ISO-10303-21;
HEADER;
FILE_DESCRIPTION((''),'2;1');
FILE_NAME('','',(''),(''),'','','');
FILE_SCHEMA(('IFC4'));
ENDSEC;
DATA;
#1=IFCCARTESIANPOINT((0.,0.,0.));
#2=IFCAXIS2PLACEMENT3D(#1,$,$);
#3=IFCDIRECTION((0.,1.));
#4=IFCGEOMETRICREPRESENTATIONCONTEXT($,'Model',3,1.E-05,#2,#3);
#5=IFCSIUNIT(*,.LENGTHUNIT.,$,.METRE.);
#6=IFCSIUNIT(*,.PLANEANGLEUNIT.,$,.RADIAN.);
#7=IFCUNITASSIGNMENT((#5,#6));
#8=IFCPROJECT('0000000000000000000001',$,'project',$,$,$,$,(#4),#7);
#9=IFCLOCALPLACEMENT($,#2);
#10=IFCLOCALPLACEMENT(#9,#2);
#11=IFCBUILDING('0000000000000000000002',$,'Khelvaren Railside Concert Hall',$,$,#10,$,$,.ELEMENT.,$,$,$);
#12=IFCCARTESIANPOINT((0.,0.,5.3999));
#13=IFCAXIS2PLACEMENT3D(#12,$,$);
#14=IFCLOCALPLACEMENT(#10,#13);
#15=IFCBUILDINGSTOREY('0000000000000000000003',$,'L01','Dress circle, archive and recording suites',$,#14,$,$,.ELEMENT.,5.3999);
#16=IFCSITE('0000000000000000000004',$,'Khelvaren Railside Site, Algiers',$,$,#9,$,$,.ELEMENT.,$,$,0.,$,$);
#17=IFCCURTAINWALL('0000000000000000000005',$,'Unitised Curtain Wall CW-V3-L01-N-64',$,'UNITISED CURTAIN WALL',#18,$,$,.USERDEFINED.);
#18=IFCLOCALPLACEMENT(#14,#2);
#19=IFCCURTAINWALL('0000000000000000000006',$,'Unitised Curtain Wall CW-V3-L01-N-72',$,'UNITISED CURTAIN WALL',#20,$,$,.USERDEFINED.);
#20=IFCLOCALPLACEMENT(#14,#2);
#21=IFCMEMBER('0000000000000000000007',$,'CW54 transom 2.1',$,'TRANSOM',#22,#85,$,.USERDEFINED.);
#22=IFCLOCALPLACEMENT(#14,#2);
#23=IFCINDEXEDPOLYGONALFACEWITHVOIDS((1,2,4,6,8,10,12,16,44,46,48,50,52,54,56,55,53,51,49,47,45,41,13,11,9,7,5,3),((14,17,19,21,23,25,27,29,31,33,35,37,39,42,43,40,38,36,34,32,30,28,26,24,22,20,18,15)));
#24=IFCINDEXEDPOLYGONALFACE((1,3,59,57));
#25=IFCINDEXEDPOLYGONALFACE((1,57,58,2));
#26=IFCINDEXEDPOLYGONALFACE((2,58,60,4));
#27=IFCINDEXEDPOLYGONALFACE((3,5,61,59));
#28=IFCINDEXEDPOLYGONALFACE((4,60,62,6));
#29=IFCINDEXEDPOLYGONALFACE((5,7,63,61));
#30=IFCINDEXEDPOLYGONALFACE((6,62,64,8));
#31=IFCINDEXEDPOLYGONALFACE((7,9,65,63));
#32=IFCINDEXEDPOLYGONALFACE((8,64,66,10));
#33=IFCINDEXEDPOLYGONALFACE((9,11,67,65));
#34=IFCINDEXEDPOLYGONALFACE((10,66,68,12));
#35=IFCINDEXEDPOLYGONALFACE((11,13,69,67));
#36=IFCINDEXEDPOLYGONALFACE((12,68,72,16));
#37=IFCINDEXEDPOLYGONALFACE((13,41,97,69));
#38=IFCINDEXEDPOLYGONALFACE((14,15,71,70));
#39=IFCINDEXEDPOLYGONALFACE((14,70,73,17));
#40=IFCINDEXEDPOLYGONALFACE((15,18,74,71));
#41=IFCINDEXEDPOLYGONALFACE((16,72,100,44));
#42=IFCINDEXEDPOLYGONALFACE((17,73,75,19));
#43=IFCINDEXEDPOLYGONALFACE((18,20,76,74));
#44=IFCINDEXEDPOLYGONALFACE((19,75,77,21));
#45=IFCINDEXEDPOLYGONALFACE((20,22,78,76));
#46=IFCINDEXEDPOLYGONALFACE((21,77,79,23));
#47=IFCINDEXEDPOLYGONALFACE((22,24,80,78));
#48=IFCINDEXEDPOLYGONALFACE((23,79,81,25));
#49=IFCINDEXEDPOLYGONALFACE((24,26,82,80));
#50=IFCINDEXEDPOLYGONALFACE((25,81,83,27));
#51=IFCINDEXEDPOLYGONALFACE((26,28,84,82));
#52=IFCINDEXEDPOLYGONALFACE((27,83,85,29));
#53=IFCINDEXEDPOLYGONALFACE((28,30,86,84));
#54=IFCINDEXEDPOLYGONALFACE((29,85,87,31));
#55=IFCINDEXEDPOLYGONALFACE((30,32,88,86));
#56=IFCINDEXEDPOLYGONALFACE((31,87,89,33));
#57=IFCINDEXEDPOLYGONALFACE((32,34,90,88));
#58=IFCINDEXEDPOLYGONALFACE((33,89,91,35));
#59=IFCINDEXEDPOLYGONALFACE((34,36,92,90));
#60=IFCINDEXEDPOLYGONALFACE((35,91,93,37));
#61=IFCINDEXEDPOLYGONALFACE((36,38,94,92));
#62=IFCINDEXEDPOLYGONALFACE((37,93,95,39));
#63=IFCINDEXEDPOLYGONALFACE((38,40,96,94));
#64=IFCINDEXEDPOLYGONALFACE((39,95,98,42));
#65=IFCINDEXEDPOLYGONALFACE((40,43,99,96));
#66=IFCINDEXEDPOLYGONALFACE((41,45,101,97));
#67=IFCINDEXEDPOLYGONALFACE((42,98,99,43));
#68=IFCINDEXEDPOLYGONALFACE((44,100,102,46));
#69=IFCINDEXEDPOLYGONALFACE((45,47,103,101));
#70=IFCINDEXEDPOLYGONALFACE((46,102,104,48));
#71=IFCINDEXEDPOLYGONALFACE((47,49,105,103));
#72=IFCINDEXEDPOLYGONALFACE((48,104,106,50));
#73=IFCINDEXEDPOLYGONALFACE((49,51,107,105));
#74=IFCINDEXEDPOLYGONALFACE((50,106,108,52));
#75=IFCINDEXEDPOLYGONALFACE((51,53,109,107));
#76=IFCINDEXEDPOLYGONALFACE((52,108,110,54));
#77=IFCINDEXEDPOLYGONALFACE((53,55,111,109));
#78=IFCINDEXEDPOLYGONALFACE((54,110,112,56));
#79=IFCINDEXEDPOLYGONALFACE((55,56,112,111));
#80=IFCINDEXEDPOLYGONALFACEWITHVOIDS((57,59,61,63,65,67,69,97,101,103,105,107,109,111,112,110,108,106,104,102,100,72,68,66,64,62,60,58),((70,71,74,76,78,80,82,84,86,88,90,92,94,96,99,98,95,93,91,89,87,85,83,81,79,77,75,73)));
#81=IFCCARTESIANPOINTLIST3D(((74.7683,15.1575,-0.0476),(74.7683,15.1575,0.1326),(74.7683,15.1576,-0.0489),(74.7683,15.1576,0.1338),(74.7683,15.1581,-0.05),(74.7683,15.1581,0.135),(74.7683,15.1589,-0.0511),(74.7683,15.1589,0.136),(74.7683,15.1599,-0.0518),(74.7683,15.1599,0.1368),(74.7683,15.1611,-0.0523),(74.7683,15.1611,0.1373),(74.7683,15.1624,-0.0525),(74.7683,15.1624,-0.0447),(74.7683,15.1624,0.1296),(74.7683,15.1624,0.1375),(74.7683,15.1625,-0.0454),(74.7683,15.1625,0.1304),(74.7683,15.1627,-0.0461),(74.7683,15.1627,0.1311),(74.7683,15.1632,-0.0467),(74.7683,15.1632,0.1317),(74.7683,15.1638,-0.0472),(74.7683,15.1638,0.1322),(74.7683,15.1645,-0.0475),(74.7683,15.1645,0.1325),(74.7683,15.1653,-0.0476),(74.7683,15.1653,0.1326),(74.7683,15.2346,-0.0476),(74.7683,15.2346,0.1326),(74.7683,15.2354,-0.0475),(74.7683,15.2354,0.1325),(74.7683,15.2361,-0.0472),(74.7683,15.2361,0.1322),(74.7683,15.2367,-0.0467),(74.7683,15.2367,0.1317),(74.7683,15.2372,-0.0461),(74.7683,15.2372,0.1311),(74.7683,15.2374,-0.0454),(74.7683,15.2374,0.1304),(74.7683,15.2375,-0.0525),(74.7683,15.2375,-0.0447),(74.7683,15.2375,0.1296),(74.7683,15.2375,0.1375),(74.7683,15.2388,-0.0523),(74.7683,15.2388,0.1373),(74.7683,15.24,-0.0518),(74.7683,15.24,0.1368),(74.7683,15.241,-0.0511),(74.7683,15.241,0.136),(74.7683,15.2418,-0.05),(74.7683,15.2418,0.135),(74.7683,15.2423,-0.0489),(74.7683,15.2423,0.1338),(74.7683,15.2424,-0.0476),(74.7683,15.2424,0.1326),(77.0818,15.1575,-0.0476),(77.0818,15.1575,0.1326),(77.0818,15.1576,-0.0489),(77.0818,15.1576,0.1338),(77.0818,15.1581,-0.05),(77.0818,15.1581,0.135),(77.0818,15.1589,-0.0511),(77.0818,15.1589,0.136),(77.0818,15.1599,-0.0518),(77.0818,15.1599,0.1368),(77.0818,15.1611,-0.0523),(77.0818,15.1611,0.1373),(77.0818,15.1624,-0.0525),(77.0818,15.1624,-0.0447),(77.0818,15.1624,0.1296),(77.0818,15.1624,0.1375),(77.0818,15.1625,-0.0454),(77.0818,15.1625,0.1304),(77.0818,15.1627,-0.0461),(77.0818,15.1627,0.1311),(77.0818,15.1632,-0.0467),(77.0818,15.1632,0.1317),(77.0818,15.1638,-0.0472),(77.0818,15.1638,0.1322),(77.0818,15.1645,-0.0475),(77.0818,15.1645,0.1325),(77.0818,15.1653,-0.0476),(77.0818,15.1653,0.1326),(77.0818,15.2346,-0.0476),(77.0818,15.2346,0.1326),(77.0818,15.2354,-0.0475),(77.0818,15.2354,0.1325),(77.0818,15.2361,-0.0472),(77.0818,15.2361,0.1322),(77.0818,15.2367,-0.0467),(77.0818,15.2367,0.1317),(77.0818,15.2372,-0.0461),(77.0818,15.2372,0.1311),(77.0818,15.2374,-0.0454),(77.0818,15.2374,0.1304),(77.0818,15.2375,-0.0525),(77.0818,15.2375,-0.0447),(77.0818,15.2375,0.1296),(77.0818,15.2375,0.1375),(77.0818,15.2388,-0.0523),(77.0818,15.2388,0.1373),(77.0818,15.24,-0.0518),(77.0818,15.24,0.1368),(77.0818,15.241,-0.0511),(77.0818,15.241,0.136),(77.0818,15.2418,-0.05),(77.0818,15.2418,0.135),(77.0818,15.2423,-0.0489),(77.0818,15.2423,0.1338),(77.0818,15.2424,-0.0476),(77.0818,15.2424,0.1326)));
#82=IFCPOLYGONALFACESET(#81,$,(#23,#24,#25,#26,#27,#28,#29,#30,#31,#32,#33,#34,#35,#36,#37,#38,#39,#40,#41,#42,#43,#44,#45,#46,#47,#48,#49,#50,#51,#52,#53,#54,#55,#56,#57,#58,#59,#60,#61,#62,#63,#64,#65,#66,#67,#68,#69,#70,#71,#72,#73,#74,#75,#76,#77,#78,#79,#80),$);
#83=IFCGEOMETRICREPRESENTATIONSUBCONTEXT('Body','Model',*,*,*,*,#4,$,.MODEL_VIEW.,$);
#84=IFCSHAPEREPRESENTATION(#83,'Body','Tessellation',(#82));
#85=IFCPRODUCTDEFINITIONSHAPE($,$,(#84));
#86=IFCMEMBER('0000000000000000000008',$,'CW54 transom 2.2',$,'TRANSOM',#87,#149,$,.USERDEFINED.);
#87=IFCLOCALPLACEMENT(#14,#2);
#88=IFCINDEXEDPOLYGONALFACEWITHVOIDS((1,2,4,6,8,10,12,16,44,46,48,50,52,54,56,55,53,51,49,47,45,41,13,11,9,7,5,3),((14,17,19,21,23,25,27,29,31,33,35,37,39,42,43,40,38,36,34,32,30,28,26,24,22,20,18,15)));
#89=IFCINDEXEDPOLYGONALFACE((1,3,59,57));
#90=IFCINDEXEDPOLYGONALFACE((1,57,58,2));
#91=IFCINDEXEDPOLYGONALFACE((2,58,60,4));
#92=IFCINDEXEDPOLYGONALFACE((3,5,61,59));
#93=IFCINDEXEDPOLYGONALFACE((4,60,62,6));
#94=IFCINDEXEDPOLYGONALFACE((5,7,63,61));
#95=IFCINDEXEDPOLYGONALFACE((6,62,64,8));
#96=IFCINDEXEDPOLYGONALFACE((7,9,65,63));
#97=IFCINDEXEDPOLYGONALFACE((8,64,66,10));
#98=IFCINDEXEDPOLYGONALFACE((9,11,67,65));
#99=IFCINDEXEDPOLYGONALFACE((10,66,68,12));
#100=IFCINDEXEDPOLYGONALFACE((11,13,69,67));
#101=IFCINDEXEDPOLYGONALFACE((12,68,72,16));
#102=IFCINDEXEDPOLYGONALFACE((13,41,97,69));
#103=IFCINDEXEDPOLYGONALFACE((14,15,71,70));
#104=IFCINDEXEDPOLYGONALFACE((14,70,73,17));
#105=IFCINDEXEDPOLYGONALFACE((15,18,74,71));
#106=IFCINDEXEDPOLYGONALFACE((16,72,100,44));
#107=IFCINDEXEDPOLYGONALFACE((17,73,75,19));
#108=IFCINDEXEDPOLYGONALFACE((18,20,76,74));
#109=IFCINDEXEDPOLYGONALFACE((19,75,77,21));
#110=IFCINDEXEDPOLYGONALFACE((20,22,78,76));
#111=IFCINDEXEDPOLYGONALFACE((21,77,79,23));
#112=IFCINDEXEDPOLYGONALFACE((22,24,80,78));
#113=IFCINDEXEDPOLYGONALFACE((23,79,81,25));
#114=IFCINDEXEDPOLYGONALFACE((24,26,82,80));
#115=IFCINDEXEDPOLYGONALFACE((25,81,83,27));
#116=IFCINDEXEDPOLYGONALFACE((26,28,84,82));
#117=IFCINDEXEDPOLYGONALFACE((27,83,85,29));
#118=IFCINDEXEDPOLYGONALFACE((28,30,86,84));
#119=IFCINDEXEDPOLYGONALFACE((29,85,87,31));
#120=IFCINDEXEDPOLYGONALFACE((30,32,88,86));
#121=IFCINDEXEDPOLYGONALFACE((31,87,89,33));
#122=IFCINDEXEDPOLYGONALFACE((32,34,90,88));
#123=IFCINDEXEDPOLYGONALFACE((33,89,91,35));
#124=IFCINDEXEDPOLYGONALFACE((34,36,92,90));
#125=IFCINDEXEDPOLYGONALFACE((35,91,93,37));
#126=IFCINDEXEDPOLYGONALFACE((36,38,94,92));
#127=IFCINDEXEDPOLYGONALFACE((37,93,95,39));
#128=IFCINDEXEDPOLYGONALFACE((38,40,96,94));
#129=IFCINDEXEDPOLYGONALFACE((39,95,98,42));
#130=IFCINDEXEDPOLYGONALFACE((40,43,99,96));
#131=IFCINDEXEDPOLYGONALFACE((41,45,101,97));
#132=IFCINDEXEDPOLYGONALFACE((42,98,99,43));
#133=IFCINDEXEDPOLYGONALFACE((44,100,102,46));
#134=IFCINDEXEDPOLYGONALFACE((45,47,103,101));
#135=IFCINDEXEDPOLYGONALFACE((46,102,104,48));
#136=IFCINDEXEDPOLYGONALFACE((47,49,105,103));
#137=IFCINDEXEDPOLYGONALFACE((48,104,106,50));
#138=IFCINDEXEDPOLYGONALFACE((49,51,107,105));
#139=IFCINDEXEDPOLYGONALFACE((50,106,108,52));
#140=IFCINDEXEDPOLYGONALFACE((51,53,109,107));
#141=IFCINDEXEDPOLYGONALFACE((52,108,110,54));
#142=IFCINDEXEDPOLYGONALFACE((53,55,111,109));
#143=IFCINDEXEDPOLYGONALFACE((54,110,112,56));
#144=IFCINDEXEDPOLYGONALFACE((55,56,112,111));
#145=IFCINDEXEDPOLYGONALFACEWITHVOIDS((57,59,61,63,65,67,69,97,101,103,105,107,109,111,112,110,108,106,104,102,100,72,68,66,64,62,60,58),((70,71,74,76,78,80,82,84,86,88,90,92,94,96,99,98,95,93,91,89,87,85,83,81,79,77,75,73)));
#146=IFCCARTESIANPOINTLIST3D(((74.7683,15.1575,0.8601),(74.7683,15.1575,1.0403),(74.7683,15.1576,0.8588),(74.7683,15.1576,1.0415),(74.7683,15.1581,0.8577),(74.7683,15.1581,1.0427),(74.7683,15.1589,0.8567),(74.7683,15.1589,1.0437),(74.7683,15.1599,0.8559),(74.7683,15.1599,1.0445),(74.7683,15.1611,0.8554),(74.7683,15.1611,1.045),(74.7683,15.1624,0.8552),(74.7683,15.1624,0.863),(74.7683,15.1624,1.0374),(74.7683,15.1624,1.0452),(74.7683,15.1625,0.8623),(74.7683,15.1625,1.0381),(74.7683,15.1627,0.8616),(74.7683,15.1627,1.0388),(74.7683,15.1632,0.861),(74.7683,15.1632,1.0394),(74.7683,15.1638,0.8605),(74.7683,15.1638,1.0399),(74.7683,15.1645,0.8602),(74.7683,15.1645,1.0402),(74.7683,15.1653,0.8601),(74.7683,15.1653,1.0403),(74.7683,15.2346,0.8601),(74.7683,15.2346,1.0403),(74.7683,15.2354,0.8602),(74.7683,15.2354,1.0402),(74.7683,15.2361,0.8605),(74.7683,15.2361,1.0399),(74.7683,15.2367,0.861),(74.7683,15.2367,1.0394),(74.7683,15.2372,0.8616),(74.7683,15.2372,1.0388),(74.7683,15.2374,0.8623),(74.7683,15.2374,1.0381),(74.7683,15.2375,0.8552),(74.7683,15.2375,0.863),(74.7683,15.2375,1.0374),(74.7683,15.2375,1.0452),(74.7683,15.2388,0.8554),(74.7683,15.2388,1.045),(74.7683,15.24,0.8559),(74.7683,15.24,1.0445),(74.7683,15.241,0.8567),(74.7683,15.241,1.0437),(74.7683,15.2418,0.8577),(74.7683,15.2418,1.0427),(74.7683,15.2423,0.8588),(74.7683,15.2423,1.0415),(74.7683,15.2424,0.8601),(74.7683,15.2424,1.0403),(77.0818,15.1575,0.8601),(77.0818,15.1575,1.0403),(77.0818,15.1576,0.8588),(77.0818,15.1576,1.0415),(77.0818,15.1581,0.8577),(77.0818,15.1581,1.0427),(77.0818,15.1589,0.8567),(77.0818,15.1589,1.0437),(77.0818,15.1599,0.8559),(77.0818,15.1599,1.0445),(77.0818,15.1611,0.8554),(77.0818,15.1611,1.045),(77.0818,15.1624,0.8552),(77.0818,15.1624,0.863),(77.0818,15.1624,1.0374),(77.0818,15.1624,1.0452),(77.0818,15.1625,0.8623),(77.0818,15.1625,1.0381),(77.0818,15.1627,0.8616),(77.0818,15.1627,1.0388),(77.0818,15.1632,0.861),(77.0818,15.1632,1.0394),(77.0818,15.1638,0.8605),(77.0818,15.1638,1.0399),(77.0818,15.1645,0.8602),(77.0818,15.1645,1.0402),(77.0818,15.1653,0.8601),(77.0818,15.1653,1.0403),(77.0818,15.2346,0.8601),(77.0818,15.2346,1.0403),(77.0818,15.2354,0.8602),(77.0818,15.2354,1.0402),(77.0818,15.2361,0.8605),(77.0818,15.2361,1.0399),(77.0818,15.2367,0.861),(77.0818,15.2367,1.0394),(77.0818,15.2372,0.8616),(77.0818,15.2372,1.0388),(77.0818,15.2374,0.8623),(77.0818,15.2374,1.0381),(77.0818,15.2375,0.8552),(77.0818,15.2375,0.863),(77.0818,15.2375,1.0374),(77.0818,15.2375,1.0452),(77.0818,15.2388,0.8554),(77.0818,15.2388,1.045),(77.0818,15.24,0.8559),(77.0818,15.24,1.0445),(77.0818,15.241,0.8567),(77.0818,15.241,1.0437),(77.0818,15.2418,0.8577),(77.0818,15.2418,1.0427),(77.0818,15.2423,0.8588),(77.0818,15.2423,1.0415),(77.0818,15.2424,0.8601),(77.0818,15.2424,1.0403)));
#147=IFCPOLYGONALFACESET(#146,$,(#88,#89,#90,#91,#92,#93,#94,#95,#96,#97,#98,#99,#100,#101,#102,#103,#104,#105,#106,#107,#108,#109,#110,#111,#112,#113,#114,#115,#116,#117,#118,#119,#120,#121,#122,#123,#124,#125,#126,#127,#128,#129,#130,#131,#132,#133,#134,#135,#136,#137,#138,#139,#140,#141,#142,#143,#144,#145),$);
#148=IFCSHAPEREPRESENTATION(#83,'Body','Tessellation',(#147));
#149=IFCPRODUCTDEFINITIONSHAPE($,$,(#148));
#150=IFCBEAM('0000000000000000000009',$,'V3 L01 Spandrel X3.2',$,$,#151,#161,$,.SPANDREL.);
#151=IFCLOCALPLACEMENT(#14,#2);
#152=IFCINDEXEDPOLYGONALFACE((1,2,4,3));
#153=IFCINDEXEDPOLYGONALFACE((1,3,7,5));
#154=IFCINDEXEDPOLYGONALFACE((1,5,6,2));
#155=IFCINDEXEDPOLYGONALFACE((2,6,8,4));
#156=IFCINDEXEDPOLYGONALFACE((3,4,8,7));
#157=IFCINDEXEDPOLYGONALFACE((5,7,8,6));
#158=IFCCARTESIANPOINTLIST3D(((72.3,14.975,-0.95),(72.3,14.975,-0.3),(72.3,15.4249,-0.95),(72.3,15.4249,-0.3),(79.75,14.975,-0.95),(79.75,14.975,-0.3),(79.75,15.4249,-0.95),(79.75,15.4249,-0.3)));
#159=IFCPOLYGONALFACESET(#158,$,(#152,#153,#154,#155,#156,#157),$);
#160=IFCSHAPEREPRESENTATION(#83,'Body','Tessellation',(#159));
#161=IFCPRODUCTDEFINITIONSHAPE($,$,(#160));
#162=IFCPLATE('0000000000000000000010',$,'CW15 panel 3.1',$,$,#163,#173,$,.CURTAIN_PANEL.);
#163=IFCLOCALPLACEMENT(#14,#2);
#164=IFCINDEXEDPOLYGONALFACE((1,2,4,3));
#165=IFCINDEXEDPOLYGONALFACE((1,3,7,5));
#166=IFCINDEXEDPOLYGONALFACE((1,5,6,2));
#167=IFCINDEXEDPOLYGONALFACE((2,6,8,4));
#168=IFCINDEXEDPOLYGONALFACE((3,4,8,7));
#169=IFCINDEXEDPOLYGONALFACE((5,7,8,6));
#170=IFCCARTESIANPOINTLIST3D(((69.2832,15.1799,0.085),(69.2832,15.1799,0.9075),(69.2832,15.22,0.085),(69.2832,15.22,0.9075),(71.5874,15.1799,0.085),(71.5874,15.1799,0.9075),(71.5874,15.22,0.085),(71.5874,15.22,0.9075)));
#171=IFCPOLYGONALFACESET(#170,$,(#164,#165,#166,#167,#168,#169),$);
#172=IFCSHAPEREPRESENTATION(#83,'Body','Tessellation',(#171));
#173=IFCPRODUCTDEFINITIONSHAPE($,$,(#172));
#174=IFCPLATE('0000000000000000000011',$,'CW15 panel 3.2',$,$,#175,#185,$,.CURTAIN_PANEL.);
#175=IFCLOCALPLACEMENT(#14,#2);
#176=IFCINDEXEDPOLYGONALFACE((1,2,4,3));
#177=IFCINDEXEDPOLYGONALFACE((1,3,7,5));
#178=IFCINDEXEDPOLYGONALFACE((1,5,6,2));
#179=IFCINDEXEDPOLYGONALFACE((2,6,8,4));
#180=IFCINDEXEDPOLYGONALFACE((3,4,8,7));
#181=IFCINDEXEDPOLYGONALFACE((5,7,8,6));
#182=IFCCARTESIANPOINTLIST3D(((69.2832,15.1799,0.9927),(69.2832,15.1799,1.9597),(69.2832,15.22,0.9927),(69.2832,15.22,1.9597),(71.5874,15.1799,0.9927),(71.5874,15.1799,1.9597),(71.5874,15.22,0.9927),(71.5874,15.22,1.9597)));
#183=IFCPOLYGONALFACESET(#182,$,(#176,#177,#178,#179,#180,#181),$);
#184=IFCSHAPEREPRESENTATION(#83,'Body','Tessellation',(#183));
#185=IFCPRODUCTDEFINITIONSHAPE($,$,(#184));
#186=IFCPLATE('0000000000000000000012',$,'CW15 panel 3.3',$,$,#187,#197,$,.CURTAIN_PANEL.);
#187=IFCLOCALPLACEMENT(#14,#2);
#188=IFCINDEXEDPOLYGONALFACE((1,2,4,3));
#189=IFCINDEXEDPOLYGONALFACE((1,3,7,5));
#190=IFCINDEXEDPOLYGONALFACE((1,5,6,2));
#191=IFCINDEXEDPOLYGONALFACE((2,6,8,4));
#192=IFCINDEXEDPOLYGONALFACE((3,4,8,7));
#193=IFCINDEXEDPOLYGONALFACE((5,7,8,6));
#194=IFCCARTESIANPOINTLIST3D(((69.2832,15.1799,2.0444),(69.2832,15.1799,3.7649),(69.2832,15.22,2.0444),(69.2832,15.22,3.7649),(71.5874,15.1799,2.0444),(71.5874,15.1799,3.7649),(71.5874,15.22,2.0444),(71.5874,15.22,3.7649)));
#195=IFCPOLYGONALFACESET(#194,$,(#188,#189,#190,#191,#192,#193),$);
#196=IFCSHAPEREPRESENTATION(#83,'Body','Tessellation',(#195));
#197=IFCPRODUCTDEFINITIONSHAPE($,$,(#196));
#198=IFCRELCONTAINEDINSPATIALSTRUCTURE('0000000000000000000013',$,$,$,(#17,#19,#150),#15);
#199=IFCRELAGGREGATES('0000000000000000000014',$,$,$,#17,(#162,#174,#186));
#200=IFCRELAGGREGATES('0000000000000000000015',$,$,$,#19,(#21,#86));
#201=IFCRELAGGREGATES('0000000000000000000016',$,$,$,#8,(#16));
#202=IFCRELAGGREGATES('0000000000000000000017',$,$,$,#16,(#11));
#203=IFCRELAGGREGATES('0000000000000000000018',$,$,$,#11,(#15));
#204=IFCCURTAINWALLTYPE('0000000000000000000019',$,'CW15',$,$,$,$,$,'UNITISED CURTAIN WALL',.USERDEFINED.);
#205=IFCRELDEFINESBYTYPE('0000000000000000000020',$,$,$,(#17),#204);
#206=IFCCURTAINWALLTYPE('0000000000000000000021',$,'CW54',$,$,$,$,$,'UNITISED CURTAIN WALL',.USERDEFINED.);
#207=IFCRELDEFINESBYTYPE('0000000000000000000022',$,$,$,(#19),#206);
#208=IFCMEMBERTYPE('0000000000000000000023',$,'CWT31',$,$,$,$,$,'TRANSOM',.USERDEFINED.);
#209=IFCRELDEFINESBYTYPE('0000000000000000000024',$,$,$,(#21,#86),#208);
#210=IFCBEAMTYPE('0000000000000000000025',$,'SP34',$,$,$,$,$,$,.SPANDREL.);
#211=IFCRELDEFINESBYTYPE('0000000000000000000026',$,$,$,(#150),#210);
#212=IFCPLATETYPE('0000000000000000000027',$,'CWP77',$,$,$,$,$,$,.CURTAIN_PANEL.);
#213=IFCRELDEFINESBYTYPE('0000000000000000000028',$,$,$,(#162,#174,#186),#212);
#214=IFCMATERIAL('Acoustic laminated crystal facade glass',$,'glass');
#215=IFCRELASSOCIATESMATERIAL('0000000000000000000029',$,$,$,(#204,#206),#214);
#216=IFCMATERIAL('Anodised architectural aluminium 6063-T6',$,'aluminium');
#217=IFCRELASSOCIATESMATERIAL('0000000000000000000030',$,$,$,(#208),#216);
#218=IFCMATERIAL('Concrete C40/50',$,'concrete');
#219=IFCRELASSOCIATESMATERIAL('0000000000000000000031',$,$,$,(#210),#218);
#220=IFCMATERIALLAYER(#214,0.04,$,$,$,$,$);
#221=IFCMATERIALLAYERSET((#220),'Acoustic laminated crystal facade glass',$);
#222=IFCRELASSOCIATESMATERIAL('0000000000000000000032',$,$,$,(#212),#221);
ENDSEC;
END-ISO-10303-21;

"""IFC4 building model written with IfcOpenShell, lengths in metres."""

from ifc_helpers import new_model, si_unit, direction, frame, origin, origin_2d, place, context, subcontext, project, spatial, rectangle, hollow_rectangle, extrude, material, layer, layer_set, material_profile, profile_set, type_object, element, aggregate, save


model = new_model("IFC4")

# Units and contexts
model_context = context("Model", 3, precision=1e-05, world=origin(), true_north=direction((0.0, 1.0)))
body_context = subcontext(model_context, "Body", "Model", "MODEL_VIEW")
ifc_project = project(units=[si_unit("LENGTHUNIT", "METRE"), si_unit("PLANEANGLEUNIT", "RADIAN")], contexts=[model_context])

# Site, building, storey
site_placement = place(None, origin())
site = spatial("IfcSite", under=ifc_project, at=site_placement, Name="Khelvaren Railside Site, Algiers", CompositionType="ELEMENT", RefElevation=0.0)
building_placement = place(site_placement, origin())
building = spatial("IfcBuilding", under=site, at=building_placement, Name="Khelvaren Railside Concert Hall", CompositionType="ELEMENT")
storey_placement = place(building_placement, frame((0.0, 0.0, 5.3999)))
storey = spatial("IfcBuildingStorey", under=building, at=storey_placement, Name="L01", Description="Dress circle, archive and recording suites", CompositionType="ELEMENT", Elevation=5.3999)

# Curtain wall
ifc_material_1 = material(Name="Acoustic laminated crystal facade glass", Category="glass")
curtain_wall_type_1 = type_object("IfcCurtainWallType", Name="CW15", ElementType="UNITISED CURTAIN WALL", PredefinedType="USERDEFINED", material=ifc_material_1)
curtain_wall_1_placement = place(storey_placement, origin())
curtain_wall_1 = element("IfcCurtainWall", 1, at=curtain_wall_1_placement, inside=storey, type_object=curtain_wall_type_1, Name="Unitised Curtain Wall CW-V3-L01-N-64", ObjectType="UNITISED CURTAIN WALL", PredefinedType="USERDEFINED")
ifc_material_2 = material(Name="Anodised architectural aluminium 6063-T6", Category="aluminium")

# Curtain wall, members
curtain_wall_type_2 = type_object("IfcCurtainWallType", Name="CW54", ElementType="UNITISED CURTAIN WALL", PredefinedType="USERDEFINED", material=ifc_material_1)
curtain_wall_2_placement = place(storey_placement, origin())
curtain_wall_2 = element("IfcCurtainWall", 2, at=curtain_wall_2_placement, inside=storey, type_object=curtain_wall_type_2, Name="Unitised Curtain Wall CW-V3-L01-N-72", ObjectType="UNITISED CURTAIN WALL", PredefinedType="USERDEFINED")
ifc_material_profile_1 = material_profile(ifc_material_2, hollow_rectangle(XDim=0.085, YDim=0.1899, WallThickness=0.0049, InnerFilletRadius=0.0029, OuterFilletRadius=0.0049, at=origin_2d()), Name="CWT 85x190x5")
ifc_profile_set_1 = profile_set([ifc_material_profile_1], Name="Anodised architectural aluminium 6063-T6")
member_type_1 = type_object("IfcMemberType", Name="CWT31", ElementType="TRANSOM", PredefinedType="USERDEFINED", material=ifc_profile_set_1)
member_1_placement = place(storey_placement, frame((74.7683, 15.2, 0.0425), z_axis=(1.0, 0.0, 0.0), x_axis=(0.0, 1.0, 0.0)))
member_1 = element("IfcMember", 3, at=member_1_placement, type_object=member_type_1, Name="CW54 transom 2.1", ObjectType="TRANSOM", PredefinedType="USERDEFINED", context=body_context, shape_type="SweptSolid", body=[
    extrude(hollow_rectangle(XDim=0.085, YDim=0.1899, WallThickness=0.0049, InnerFilletRadius=0.0029, OuterFilletRadius=0.0049, at=origin_2d()), origin(), (0.0, 0.0, 1.0), 2.3135),
])
member_2_placement = place(storey_placement, frame((74.7683, 15.2, 0.9502), z_axis=(1.0, 0.0, 0.0), x_axis=(0.0, 1.0, 0.0)))
member_2 = element("IfcMember", 4, at=member_2_placement, type_object=member_type_1, Name="CW54 transom 2.2", ObjectType="TRANSOM", PredefinedType="USERDEFINED", context=body_context, shape_type="SweptSolid", body=[
    extrude(hollow_rectangle(XDim=0.085, YDim=0.1899, WallThickness=0.0049, InnerFilletRadius=0.0029, OuterFilletRadius=0.0049, at=origin_2d()), origin(), (0.0, 0.0, 1.0), 2.3135),
])

# Beam
ifc_material_3 = material(Name="Concrete C40/50", Category="concrete")
ifc_material_profile_2 = material_profile(ifc_material_3, rectangle(XDim=0.45, YDim=0.6499, at=origin_2d()), Name="RCB 450x650")
ifc_profile_set_2 = profile_set([ifc_material_profile_2], Name="Concrete C40/50")
beam_type_1 = type_object("IfcBeamType", Name="SP34", PredefinedType="SPANDREL", material=ifc_profile_set_2)
beam_1_placement = place(storey_placement, frame((72.3, 15.2, -0.625), z_axis=(1.0, 0.0, 0.0), x_axis=(0.0, 1.0, 0.0)))
element("IfcBeam", 5, at=beam_1_placement, inside=storey, type_object=beam_type_1, Name="V3 L01 Spandrel X3.2", PredefinedType="SPANDREL", context=body_context, shape_type="SweptSolid", body=[
    extrude(rectangle(XDim=0.45, YDim=0.6499, at=origin_2d()), origin(), (0.0, 0.0, 1.0), 7.45),
])

# Plates
ifc_layer_1 = layer(ifc_material_1, 0.04)
ifc_layer_set_1 = layer_set([ifc_layer_1], Name="Acoustic laminated crystal facade glass")
plate_type = type_object("IfcPlateType", Name="CWP77", PredefinedType="CURTAIN_PANEL", material=ifc_layer_set_1)
plate_1_placement = place(storey_placement, frame((70.4353, 15.2, 0.085), z_axis=(0.0, 0.0, 1.0), x_axis=(1.0, 0.0, 0.0)))
plate_1 = element("IfcPlate", 6, at=plate_1_placement, type_object=plate_type, Name="CW15 panel 3.1", PredefinedType="CURTAIN_PANEL", context=body_context, shape_type="SweptSolid", body=[
    extrude(rectangle(XDim=2.3042, YDim=0.04, at=origin_2d()), origin(), (0.0, 0.0, 1.0), 0.8225),
])
plate_2_placement = place(storey_placement, frame((70.4353, 15.2, 0.9927), z_axis=(0.0, 0.0, 1.0), x_axis=(1.0, 0.0, 0.0)))
plate_2 = element("IfcPlate", 7, at=plate_2_placement, type_object=plate_type, Name="CW15 panel 3.2", PredefinedType="CURTAIN_PANEL", context=body_context, shape_type="SweptSolid", body=[
    extrude(rectangle(XDim=2.3042, YDim=0.04, at=origin_2d()), origin(), (0.0, 0.0, 1.0), 0.967),
])
plate_3_placement = place(storey_placement, frame((70.4353, 15.2, 2.0444), z_axis=(0.0, 0.0, 1.0), x_axis=(1.0, 0.0, 0.0)))
plate_3 = element("IfcPlate", 8, at=plate_3_placement, type_object=plate_type, Name="CW15 panel 3.3", PredefinedType="CURTAIN_PANEL", context=body_context, shape_type="SweptSolid", body=[
    extrude(rectangle(XDim=2.3042, YDim=0.04, at=origin_2d()), origin(), (0.0, 0.0, 1.0), 1.7205),
])
aggregate(curtain_wall_1, [plate_1, plate_2, plate_3])
aggregate(curtain_wall_2, [member_1, member_2])

save(model, "model.ifc")
